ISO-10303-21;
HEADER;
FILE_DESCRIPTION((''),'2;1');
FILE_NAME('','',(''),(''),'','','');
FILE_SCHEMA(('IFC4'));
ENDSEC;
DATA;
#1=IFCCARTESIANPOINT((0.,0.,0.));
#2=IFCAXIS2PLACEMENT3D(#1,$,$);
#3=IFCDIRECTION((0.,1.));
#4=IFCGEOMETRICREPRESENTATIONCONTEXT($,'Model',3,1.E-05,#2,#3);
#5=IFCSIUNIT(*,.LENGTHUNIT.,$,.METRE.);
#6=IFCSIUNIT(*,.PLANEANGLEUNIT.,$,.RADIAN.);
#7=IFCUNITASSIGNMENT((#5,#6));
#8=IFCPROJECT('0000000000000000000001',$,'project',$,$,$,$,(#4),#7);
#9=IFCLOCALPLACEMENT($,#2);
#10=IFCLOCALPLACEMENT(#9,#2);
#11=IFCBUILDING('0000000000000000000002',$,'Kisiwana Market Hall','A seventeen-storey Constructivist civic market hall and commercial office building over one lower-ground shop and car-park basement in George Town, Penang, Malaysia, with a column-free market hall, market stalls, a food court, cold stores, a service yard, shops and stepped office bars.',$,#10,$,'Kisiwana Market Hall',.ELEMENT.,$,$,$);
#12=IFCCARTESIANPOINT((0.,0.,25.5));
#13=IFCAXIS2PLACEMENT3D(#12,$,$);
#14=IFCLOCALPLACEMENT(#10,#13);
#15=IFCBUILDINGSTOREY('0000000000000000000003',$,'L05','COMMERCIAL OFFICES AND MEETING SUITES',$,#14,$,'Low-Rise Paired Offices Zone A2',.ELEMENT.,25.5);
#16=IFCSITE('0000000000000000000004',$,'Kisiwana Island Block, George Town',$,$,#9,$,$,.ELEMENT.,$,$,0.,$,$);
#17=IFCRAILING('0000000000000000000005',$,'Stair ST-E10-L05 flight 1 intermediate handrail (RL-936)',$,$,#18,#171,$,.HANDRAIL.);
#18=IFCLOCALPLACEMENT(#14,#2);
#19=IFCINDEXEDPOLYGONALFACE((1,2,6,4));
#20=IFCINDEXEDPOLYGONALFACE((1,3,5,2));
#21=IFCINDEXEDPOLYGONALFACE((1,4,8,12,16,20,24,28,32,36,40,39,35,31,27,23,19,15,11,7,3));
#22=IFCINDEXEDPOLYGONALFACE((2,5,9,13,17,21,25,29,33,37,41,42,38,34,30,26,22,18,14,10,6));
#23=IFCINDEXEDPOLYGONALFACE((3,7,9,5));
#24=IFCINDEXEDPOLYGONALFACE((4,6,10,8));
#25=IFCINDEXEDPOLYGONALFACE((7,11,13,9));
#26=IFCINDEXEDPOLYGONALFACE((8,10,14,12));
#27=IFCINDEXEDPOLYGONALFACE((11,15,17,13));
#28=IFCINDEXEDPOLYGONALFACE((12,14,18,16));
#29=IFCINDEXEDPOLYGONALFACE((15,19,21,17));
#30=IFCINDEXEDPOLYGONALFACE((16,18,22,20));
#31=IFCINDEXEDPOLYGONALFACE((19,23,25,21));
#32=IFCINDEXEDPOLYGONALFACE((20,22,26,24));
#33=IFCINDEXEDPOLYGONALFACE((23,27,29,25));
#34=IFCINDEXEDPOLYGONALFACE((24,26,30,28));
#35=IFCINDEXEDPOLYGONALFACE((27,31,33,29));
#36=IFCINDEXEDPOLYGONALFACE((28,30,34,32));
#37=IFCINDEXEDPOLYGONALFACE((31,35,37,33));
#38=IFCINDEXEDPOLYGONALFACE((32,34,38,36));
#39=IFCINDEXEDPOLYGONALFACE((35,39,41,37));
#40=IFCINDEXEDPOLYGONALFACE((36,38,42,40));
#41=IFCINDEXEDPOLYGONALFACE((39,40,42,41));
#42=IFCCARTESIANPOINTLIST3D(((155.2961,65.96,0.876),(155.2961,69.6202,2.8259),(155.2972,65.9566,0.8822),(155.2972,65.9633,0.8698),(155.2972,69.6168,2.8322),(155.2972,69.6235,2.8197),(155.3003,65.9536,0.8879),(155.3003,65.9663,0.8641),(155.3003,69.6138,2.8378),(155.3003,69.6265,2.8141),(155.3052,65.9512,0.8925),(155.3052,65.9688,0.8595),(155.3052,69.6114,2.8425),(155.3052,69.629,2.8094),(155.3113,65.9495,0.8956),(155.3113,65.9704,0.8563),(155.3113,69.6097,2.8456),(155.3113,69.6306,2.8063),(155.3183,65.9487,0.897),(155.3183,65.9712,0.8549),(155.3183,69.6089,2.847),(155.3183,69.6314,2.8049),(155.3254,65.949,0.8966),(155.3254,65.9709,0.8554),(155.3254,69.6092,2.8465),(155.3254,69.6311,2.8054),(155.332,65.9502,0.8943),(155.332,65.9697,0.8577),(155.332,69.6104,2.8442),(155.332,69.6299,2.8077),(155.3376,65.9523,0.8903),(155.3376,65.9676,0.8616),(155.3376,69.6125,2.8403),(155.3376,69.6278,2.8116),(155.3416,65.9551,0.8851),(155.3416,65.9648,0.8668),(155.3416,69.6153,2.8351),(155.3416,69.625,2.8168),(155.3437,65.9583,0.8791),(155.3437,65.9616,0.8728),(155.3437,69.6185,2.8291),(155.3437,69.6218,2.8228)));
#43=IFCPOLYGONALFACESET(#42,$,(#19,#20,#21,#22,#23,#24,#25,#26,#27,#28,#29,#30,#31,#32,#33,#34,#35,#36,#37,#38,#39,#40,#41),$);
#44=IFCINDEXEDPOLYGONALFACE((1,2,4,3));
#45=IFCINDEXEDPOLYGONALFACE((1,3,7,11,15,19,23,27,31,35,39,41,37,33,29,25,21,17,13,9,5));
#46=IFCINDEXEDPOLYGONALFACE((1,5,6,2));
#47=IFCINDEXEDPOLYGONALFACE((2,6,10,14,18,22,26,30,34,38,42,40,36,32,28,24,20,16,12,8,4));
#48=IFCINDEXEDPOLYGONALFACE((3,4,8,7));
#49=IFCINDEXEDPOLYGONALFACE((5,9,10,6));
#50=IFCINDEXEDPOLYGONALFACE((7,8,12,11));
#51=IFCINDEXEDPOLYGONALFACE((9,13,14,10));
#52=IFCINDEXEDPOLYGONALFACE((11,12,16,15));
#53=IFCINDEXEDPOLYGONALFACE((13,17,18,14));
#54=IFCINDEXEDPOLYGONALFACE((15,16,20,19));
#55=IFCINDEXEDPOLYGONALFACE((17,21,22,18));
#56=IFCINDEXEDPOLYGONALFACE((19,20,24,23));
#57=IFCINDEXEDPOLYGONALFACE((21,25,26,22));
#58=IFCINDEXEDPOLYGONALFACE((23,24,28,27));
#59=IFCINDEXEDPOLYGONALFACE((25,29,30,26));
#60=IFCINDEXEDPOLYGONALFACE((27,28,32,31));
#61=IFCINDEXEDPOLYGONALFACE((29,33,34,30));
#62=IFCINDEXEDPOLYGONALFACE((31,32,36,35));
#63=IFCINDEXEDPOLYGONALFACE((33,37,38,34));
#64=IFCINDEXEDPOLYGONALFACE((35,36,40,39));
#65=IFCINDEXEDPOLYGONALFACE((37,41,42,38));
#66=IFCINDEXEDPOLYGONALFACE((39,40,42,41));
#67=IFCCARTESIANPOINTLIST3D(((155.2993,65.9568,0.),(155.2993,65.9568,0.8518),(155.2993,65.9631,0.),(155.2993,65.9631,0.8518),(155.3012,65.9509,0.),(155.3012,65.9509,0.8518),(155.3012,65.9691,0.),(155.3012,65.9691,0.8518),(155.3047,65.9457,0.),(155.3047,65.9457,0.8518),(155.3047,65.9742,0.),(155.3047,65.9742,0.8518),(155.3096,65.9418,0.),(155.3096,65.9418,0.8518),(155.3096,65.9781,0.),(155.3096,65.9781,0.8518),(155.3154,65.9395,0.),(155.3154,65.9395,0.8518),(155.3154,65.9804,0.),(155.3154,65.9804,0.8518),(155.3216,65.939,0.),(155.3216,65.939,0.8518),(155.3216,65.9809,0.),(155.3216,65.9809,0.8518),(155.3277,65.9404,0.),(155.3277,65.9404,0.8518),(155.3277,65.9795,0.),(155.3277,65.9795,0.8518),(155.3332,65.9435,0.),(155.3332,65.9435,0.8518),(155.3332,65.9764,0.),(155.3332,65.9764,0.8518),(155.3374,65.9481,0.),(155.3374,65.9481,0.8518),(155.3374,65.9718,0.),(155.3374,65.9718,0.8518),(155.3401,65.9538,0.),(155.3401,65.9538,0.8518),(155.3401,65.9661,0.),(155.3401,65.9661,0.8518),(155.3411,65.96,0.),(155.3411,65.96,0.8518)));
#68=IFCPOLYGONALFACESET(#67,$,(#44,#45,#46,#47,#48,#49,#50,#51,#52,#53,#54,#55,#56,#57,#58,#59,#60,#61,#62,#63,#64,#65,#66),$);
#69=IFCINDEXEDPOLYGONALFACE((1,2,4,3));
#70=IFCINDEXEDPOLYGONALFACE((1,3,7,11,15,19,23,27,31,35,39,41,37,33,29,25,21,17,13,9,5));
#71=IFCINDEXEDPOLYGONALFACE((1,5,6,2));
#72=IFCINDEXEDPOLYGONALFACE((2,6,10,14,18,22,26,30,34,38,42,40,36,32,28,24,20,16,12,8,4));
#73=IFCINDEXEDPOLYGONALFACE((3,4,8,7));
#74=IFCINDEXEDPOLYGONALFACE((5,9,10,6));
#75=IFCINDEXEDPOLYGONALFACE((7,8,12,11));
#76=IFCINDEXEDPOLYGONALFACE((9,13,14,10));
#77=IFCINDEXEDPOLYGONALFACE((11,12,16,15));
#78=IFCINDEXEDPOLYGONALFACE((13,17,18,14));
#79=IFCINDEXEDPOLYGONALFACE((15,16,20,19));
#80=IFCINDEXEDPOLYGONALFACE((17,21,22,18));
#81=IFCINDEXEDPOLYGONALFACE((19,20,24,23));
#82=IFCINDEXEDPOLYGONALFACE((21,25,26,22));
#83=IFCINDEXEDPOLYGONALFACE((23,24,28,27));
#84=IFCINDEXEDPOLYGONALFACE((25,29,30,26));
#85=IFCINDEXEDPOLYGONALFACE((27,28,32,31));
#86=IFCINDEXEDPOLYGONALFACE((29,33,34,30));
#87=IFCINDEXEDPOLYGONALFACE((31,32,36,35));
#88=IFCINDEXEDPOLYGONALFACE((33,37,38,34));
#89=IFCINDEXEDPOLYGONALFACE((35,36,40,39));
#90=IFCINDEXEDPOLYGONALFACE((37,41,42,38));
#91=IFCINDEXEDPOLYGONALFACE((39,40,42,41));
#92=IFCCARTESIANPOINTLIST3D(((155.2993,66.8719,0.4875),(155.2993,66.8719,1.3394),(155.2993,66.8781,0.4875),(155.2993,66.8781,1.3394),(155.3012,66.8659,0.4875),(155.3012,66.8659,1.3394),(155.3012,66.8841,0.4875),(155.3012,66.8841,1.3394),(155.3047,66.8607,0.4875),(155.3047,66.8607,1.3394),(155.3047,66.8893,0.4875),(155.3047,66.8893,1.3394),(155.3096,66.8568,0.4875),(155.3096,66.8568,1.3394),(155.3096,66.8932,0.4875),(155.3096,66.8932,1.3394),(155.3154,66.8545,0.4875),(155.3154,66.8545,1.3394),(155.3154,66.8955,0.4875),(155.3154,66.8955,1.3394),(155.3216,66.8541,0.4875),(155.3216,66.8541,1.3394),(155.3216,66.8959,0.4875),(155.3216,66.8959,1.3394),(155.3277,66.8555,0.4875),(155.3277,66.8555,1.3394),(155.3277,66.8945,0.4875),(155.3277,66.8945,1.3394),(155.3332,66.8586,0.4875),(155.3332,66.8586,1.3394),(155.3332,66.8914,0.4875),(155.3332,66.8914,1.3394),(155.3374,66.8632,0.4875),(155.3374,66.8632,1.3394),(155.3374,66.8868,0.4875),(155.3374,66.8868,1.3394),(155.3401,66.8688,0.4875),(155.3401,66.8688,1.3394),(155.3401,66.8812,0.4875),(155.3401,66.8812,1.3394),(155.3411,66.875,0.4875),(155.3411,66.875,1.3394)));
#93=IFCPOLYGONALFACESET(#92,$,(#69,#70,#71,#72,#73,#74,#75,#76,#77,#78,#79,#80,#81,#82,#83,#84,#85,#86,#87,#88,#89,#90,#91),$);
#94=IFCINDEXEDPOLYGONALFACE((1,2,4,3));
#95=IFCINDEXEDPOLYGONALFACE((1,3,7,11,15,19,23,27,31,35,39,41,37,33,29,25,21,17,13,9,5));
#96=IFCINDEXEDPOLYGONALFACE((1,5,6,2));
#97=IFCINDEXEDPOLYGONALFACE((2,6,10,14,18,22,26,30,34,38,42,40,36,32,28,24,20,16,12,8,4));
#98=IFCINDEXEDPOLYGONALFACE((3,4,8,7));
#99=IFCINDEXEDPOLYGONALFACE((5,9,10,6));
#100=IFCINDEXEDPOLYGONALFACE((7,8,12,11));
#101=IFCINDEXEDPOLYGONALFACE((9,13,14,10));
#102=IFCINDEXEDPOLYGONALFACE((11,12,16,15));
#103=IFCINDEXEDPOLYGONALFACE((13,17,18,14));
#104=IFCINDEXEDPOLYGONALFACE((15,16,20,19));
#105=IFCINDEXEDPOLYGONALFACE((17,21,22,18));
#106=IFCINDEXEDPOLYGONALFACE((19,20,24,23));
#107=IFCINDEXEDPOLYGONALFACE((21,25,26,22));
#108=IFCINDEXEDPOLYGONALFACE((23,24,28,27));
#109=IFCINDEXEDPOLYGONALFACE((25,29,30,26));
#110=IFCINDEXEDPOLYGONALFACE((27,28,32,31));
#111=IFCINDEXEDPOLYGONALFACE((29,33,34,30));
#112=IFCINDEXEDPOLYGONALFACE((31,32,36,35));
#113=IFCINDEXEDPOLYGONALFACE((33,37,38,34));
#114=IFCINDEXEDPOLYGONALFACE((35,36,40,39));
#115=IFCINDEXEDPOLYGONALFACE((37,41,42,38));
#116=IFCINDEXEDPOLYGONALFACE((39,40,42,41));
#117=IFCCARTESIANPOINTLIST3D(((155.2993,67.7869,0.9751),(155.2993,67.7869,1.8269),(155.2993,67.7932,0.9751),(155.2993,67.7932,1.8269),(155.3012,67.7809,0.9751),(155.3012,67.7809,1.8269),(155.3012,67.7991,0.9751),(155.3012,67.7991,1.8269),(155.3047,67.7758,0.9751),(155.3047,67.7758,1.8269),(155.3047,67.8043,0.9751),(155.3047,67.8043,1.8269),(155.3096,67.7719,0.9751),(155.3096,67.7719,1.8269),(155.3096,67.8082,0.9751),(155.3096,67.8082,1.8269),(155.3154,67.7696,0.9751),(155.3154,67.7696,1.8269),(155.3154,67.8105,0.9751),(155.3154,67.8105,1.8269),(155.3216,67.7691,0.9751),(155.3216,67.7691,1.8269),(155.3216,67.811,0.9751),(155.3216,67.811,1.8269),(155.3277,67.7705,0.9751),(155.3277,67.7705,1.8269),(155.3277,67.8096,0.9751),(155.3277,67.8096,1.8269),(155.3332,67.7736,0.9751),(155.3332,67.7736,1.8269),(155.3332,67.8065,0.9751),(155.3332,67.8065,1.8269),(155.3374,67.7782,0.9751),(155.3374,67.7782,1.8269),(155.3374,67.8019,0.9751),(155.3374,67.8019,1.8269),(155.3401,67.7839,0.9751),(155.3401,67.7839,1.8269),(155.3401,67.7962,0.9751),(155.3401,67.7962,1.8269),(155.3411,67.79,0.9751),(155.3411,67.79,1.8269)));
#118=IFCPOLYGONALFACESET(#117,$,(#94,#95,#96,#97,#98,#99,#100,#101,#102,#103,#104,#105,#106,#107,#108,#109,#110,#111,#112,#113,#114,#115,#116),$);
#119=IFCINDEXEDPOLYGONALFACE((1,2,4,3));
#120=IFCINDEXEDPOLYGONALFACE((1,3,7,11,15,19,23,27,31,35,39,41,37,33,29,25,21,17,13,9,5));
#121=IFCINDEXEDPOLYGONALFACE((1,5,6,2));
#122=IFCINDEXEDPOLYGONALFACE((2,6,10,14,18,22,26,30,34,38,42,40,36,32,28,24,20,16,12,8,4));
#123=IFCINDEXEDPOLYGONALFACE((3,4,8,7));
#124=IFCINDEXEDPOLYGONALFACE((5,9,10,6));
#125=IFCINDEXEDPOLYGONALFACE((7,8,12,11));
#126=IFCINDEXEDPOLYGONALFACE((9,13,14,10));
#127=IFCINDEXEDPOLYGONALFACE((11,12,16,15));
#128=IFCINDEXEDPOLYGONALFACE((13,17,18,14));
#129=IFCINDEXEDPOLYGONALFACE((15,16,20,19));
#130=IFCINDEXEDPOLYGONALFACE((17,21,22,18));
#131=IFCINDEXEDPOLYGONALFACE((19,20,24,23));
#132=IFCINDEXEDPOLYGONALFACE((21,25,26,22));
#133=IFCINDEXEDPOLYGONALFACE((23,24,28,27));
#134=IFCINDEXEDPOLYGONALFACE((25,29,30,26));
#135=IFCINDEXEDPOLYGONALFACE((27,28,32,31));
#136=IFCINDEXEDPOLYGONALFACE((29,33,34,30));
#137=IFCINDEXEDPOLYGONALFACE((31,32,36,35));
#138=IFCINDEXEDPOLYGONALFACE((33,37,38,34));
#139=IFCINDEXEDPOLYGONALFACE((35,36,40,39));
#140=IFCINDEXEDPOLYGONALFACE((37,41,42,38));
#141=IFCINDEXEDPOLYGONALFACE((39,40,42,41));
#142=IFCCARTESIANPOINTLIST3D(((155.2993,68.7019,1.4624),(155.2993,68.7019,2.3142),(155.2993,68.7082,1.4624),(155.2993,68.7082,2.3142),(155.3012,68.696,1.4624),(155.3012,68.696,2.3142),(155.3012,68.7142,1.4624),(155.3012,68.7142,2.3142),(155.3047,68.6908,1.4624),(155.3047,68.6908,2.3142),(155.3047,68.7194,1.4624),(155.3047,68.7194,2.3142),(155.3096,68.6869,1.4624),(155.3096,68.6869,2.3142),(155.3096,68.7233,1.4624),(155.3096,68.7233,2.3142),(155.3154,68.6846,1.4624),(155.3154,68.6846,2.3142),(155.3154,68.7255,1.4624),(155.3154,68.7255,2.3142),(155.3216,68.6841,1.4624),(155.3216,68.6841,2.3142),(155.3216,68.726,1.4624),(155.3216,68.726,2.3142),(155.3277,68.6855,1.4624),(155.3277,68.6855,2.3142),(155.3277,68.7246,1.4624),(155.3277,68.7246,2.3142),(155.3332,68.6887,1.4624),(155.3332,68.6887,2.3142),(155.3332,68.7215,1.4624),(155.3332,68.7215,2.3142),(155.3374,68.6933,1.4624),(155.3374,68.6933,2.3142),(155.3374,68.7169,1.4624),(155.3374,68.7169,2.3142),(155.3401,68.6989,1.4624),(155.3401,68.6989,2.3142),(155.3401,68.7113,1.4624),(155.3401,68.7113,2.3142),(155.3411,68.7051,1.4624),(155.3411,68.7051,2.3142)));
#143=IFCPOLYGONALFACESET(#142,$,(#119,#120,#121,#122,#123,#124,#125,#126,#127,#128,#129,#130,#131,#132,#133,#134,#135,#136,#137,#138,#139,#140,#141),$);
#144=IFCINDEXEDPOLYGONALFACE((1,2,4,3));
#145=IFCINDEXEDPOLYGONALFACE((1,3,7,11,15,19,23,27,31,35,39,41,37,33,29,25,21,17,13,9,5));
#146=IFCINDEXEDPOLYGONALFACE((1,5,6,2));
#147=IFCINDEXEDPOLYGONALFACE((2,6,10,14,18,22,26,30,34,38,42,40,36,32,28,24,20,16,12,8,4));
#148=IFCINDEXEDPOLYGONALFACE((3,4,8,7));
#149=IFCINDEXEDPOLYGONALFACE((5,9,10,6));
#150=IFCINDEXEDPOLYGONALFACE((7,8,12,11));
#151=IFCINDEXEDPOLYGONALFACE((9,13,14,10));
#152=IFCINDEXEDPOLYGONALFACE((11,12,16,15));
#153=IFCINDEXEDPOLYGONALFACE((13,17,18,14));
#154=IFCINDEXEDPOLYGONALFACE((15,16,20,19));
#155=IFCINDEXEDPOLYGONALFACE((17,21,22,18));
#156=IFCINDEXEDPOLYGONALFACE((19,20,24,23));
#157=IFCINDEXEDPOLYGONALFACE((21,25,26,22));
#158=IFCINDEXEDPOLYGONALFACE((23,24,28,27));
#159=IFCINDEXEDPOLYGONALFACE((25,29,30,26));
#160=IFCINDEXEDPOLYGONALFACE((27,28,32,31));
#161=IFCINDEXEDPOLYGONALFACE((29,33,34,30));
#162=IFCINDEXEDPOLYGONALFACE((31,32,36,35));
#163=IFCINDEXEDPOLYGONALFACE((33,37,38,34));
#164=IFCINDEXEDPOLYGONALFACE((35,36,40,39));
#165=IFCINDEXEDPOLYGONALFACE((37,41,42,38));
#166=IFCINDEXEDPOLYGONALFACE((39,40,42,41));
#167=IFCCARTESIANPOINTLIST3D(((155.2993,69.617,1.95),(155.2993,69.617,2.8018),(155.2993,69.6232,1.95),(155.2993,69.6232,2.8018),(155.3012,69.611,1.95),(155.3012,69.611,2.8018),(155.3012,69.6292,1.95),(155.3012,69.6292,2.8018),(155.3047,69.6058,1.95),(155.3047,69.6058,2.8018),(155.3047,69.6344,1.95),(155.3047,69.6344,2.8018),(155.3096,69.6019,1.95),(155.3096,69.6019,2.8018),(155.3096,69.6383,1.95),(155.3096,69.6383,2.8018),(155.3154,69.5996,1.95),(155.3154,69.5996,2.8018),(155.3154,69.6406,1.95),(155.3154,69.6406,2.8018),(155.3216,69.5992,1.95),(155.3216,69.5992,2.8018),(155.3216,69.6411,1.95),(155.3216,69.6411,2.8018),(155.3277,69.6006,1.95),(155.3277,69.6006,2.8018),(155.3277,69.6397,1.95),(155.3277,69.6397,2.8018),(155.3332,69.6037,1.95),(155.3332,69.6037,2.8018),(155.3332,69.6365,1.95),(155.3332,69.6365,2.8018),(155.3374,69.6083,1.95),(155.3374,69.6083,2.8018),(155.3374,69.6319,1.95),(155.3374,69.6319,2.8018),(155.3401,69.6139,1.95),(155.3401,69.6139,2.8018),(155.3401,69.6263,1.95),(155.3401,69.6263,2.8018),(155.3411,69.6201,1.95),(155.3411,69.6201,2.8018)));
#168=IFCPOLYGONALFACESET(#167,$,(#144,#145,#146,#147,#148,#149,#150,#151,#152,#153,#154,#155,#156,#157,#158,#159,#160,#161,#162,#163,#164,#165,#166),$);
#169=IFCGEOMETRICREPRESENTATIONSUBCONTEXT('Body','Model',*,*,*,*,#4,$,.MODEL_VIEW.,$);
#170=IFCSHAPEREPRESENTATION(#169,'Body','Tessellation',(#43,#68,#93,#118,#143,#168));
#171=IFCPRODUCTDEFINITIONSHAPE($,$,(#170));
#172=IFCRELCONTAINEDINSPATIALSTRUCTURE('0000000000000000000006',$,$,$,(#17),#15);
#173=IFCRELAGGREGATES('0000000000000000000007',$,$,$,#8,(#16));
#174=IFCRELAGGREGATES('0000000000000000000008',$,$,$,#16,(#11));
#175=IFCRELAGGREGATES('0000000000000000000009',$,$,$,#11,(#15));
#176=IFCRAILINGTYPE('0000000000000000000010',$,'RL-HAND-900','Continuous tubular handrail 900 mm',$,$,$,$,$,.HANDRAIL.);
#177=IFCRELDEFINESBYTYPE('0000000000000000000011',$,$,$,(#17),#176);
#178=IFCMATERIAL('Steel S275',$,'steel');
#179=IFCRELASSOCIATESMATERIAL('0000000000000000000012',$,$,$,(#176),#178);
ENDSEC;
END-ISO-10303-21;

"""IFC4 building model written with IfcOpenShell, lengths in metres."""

from ifc_helpers import new_model, si_unit, direction, frame, origin, origin_2d, place, context, subcontext, project, spatial, circle, extrude, material, type_object, element, save


model = new_model("IFC4")

# Units and contexts
model_context = context("Model", 3, precision=1e-05, world=origin(), true_north=direction((0.0, 1.0)))
body_context = subcontext(model_context, "Body", "Model", "MODEL_VIEW")
ifc_project = project(units=[si_unit("LENGTHUNIT", "METRE"), si_unit("PLANEANGLEUNIT", "RADIAN")], contexts=[model_context])

# Site, building, storey
site_placement = place(None, origin())
site = spatial("IfcSite", under=ifc_project, at=site_placement, Name="Kisiwana Island Block, George Town", CompositionType="ELEMENT", RefElevation=0.0)
building_placement = place(site_placement, origin())
building = spatial("IfcBuilding", under=site, at=building_placement, Name="Kisiwana Market Hall", Description="A seventeen-storey Constructivist civic market hall and commercial office building over one lower-ground shop and car-park basement in George Town, Penang, Malaysia, with a column-free market hall, market stalls, a food court, cold stores, a service yard, shops and stepped office bars.", LongName="Kisiwana Market Hall", CompositionType="ELEMENT")
storey_placement = place(building_placement, frame((0.0, 0.0, 25.5)))
storey = spatial("IfcBuildingStorey", under=building, at=storey_placement, Name="L05", Description="COMMERCIAL OFFICES AND MEETING SUITES", LongName="Low-Rise Paired Offices Zone A2", CompositionType="ELEMENT", Elevation=25.5)

# Railing
ifc_material_1 = material(Name="Steel S275", Category="steel")
railing_type_1 = type_object("IfcRailingType", Name="RL-HAND-900", Description="Continuous tubular handrail 900 mm", PredefinedType="HANDRAIL", material=ifc_material_1)
railing_1_placement = place(storey_placement, frame((155.3201, 65.96, 0.0)))
element("IfcRailing", 1, at=railing_1_placement, inside=storey, type_object=railing_type_1, Name="Stair ST-E10-L05 flight 1 intermediate handrail (RL-936)", PredefinedType="HANDRAIL", context=body_context, shape_type="SweptSolid", body=[
    extrude(circle(Radius=0.0239, at=origin_2d()), frame((0.0, 0.0, 0.876), z_axis=(0.0, 0.882566, 0.470188), x_axis=(-1.0, 0.0, 0.0)), (0.0, 0.0, 1.0), 4.1472),
    extrude(circle(Radius=0.021, at=origin_2d()), origin(), (0.0, 0.0, 1.0), 0.8518),
    extrude(circle(Radius=0.021, at=origin_2d()), frame((0.0, 0.915, 0.4875)), (0.0, 0.0, 1.0), 0.8518),
    extrude(circle(Radius=0.021, at=origin_2d()), frame((0.0, 1.8301, 0.9751)), (0.0, 0.0, 1.0), 0.8518),
    extrude(circle(Radius=0.021, at=origin_2d()), frame((0.0, 2.7451, 1.4624)), (0.0, 0.0, 1.0), 0.8518),
    extrude(circle(Radius=0.021, at=origin_2d()), frame((0.0, 3.6602, 1.95)), (0.0, 0.0, 1.0), 0.8518),
])

save(model, "model.ifc")
